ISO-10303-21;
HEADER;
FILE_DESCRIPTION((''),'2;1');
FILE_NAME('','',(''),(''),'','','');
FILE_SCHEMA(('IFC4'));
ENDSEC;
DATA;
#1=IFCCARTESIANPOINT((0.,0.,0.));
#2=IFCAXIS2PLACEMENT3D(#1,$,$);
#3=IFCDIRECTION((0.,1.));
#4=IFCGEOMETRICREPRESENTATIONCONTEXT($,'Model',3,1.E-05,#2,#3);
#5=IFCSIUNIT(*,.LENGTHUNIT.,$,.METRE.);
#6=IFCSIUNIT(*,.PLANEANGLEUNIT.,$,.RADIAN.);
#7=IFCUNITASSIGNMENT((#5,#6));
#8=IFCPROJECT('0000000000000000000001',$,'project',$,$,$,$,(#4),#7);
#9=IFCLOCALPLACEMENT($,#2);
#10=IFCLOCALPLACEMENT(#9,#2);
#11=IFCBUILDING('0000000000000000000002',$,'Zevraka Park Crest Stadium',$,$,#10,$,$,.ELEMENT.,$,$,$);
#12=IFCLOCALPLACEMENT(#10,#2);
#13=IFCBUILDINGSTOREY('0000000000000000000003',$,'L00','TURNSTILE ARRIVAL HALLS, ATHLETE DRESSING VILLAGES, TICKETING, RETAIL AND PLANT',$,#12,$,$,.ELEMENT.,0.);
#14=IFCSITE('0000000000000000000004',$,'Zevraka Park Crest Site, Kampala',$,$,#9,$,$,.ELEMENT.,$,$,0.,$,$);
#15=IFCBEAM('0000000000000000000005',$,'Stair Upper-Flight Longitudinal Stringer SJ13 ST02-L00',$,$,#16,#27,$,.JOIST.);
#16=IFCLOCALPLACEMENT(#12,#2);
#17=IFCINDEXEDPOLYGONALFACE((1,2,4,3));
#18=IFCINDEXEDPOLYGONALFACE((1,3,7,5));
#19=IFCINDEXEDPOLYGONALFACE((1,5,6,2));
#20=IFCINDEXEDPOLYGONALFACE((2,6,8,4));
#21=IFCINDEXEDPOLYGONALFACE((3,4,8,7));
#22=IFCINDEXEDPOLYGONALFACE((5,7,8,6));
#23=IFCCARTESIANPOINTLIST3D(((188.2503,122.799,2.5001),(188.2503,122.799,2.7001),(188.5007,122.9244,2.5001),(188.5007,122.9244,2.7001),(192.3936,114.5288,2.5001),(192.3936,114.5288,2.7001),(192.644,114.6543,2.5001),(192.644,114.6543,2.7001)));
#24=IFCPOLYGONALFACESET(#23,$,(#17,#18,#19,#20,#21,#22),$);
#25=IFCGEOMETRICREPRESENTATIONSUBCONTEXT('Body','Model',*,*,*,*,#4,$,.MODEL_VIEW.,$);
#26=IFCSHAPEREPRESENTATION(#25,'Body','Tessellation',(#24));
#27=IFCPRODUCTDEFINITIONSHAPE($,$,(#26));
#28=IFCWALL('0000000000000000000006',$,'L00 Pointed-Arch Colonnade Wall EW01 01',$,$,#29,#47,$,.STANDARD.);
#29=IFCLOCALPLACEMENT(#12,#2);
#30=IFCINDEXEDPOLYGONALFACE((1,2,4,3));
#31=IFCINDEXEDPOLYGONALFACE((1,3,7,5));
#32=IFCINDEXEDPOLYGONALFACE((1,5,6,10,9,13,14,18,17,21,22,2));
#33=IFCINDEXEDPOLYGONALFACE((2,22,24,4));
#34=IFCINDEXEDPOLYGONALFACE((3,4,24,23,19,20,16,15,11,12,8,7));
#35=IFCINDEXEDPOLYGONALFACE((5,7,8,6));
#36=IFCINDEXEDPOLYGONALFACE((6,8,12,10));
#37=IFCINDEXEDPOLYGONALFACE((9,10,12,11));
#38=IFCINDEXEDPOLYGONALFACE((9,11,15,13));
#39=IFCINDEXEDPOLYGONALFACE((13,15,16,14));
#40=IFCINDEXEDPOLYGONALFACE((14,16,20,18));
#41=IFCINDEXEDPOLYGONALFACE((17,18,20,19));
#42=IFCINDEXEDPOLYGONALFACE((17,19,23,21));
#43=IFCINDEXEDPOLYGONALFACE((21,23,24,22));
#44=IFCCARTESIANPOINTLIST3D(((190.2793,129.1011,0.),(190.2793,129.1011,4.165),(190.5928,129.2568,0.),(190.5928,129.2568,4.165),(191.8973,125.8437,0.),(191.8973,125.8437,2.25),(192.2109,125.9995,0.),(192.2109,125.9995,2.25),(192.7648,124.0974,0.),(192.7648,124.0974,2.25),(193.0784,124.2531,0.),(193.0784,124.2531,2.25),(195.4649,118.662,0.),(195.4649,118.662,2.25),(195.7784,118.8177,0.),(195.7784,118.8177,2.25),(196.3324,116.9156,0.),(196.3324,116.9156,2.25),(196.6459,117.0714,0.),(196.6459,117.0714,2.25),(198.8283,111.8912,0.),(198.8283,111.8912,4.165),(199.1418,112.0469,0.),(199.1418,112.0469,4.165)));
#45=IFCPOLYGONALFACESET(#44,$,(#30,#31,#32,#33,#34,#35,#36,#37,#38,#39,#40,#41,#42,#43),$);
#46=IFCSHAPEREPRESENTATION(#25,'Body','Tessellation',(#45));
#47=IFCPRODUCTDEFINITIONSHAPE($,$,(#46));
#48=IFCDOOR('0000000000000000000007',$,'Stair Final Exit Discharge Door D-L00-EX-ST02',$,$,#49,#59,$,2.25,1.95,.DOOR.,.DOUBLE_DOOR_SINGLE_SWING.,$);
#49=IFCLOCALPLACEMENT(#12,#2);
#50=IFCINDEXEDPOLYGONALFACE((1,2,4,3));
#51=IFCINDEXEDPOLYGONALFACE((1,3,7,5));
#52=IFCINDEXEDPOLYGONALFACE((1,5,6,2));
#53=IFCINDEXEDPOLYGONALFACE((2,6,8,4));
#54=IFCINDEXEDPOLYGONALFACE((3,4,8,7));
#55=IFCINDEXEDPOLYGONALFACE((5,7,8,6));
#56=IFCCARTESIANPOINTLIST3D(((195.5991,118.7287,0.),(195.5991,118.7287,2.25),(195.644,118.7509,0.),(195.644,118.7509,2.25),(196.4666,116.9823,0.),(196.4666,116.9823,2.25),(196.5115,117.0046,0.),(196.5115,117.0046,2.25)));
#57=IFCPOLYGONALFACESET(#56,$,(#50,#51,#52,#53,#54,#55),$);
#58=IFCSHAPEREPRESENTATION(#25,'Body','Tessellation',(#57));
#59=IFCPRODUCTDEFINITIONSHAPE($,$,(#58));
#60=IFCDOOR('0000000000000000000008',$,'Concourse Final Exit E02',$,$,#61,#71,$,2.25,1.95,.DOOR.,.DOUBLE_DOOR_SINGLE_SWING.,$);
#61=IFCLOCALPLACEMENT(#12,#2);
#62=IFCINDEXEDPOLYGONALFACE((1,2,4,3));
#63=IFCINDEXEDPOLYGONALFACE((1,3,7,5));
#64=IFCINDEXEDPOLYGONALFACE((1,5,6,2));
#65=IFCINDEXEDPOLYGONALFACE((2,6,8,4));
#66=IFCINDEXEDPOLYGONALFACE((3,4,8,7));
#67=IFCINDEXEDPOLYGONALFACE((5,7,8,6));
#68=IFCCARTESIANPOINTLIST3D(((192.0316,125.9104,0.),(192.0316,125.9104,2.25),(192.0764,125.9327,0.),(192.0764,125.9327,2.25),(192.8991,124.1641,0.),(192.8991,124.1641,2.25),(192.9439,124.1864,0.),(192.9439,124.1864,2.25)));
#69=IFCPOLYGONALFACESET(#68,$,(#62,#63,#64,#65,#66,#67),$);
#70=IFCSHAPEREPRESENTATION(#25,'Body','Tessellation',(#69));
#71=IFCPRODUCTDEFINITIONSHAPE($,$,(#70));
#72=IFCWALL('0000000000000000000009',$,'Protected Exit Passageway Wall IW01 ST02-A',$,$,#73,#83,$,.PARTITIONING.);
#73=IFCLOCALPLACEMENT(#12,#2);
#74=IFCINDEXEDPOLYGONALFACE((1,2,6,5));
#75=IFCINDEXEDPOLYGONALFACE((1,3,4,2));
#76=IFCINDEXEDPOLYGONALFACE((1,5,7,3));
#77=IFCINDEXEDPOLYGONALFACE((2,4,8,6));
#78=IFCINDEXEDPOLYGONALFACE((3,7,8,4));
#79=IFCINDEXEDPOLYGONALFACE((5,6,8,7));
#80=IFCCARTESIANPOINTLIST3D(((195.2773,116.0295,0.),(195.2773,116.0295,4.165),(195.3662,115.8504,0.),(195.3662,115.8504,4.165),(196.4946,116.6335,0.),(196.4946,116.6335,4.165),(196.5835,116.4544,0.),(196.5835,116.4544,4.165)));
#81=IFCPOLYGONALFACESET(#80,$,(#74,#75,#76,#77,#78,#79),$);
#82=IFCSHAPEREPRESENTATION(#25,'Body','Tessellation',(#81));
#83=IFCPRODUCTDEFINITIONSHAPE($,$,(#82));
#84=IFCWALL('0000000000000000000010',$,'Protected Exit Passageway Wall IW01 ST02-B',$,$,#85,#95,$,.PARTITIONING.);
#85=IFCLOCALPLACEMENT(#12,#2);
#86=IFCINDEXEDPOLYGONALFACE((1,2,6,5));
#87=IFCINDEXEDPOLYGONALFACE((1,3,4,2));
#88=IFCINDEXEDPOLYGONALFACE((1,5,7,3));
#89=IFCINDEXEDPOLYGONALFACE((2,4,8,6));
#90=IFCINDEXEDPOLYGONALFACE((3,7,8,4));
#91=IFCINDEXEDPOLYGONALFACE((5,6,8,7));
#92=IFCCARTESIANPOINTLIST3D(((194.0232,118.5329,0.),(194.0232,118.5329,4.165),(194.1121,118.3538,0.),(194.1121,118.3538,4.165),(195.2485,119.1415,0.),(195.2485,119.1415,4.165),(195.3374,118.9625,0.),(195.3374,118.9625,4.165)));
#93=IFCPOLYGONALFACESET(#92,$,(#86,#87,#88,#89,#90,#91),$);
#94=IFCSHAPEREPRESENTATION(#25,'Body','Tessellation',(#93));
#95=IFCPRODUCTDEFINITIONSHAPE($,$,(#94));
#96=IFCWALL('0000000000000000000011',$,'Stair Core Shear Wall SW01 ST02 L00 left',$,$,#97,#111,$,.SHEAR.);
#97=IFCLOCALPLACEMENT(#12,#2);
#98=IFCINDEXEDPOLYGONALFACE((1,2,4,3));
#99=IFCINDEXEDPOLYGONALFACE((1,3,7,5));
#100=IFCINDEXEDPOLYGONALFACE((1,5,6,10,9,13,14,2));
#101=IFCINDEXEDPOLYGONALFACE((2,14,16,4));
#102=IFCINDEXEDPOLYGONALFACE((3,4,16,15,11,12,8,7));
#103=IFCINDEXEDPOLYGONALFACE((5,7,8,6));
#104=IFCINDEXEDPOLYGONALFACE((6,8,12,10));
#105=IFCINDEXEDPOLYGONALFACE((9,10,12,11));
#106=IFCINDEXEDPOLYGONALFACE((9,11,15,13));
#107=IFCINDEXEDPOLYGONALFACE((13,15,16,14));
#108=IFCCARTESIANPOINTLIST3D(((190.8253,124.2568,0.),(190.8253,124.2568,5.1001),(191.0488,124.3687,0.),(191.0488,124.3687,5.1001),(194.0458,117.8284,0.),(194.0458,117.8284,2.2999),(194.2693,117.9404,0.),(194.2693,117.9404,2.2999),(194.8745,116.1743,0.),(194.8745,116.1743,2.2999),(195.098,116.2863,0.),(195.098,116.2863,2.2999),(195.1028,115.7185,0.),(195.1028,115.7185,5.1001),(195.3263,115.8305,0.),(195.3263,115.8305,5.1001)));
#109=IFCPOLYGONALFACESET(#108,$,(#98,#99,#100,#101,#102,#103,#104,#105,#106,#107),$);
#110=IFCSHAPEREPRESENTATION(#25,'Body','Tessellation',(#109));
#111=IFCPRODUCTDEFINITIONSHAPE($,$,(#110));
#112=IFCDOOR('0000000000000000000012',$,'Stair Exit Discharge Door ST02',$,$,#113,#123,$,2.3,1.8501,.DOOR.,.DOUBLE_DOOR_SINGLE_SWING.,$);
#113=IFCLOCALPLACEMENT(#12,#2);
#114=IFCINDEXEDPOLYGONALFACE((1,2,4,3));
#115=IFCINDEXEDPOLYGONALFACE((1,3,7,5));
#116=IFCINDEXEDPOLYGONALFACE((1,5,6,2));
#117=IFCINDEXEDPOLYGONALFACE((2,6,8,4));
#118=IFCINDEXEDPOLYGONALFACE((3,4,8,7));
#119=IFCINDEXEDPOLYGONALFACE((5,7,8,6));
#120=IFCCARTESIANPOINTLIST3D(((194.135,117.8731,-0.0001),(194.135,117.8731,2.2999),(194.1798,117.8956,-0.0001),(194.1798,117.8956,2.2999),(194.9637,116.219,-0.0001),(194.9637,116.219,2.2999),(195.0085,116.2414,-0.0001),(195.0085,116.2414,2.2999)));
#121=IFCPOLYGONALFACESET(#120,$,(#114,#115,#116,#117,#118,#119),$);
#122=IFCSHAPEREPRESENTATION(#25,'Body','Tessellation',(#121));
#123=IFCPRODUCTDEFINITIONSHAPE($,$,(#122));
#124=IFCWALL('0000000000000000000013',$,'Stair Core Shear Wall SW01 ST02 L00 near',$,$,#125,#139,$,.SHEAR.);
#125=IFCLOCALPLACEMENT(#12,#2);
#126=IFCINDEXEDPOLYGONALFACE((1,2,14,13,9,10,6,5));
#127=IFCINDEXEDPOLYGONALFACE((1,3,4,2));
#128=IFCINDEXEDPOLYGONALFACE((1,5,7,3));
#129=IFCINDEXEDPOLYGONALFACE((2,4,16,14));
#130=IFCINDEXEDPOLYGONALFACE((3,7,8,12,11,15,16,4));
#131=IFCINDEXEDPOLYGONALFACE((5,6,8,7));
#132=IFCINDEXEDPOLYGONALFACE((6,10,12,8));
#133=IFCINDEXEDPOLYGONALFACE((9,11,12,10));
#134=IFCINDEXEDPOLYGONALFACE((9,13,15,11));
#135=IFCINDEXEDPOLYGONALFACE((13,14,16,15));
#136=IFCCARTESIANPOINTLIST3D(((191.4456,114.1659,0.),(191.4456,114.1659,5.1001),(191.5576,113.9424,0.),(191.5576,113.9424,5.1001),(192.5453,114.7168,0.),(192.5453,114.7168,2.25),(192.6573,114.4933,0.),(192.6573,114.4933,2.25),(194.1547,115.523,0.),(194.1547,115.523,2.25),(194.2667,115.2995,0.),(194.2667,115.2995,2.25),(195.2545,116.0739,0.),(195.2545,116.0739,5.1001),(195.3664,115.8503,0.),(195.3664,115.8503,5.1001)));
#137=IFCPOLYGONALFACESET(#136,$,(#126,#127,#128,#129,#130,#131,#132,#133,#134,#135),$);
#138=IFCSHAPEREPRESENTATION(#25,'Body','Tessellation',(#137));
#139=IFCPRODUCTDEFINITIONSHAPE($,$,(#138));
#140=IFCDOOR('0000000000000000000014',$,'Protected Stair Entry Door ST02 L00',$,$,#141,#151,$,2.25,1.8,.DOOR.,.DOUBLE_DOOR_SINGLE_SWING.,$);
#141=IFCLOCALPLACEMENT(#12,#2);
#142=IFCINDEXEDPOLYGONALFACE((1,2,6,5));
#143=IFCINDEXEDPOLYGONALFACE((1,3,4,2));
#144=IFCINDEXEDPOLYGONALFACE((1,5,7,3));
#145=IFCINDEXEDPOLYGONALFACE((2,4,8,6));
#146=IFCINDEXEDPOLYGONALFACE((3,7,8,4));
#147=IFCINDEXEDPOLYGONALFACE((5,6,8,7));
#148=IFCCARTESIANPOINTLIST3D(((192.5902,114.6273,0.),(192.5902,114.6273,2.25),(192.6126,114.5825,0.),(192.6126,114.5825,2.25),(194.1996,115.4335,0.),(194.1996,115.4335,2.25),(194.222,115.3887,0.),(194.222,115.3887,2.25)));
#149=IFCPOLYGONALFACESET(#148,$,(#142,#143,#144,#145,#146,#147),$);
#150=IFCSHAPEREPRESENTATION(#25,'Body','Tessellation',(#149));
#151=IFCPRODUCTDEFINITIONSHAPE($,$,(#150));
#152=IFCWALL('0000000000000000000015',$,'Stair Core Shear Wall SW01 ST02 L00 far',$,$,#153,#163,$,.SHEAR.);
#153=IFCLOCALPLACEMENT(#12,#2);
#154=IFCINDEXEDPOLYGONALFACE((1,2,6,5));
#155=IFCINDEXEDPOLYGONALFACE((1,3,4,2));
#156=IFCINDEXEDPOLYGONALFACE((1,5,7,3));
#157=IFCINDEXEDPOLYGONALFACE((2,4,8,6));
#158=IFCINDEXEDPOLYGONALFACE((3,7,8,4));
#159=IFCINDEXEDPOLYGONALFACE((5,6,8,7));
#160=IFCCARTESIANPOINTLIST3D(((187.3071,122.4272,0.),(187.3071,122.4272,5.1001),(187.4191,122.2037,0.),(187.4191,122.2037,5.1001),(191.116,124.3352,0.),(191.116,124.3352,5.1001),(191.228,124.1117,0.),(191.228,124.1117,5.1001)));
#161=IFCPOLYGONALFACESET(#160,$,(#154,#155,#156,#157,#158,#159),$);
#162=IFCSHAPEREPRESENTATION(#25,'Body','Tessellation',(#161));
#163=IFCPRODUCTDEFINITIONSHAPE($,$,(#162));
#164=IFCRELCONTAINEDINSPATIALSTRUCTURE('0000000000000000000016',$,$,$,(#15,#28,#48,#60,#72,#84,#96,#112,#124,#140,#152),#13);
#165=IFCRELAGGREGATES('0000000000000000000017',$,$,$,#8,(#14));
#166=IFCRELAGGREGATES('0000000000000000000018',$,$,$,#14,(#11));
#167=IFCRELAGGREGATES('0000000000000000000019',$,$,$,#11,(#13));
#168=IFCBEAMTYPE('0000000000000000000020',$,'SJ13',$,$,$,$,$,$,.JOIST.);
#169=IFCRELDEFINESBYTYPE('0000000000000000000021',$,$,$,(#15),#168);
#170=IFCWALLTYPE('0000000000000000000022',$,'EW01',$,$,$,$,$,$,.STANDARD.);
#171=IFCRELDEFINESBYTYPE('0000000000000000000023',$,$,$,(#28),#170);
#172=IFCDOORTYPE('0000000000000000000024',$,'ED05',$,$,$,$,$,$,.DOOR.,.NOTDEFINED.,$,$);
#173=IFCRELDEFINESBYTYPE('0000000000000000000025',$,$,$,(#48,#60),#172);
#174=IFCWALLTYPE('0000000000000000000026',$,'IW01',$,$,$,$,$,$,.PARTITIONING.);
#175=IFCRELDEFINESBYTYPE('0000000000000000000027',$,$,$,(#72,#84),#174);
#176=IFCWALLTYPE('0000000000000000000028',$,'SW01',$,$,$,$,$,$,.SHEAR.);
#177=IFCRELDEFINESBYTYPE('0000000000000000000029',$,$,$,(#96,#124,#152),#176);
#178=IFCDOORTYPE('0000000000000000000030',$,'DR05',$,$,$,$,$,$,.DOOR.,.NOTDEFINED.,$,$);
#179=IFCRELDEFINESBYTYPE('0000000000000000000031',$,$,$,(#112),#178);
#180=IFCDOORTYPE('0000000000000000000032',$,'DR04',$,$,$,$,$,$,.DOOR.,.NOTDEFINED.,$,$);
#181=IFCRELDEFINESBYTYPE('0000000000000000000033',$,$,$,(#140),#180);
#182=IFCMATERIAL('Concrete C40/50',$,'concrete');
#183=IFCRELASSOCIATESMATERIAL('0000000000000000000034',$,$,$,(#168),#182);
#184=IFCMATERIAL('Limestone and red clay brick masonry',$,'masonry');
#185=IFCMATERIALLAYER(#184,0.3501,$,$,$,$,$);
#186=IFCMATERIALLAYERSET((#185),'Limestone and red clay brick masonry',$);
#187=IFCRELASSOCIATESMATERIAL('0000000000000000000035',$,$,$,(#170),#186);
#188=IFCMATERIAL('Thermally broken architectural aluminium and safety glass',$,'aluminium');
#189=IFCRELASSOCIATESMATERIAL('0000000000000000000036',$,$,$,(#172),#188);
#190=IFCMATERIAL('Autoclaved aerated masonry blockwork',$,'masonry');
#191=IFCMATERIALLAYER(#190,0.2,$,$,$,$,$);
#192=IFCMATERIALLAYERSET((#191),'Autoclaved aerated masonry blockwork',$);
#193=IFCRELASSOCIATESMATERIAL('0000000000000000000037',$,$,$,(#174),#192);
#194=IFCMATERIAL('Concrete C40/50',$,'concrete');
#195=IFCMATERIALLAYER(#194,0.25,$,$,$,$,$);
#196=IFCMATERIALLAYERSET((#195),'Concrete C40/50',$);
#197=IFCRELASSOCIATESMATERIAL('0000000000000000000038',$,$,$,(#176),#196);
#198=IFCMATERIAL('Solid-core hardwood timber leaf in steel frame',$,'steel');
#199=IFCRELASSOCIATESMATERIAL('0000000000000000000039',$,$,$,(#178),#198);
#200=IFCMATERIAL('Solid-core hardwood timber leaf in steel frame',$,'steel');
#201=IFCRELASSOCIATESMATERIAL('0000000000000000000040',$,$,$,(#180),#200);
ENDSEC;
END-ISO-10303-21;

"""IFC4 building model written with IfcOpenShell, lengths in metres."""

from ifc_helpers import new_model, si_unit, direction, frame, frame_2d, origin, origin_2d, place, context, subcontext, project, spatial, rectangle, extrude, material, layer, layer_set, material_profile, profile_set, type_object, element, fill, save


model = new_model("IFC4")

# Units and contexts
model_context = context("Model", 3, precision=1e-05, world=origin(), true_north=direction((0.0, 1.0)))
body_context = subcontext(model_context, "Body", "Model", "MODEL_VIEW")
ifc_project = project(units=[si_unit("LENGTHUNIT", "METRE"), si_unit("PLANEANGLEUNIT", "RADIAN")], contexts=[model_context])

# Site, building, storey
site_placement = place(None, origin())
site = spatial("IfcSite", under=ifc_project, at=site_placement, Name="Zevraka Park Crest Site, Kampala", CompositionType="ELEMENT", RefElevation=0.0)
building_placement = place(site_placement, origin())
building = spatial("IfcBuilding", under=site, at=building_placement, Name="Zevraka Park Crest Stadium", CompositionType="ELEMENT")
storey_placement = place(building_placement, origin())
storey = spatial("IfcBuildingStorey", under=building, at=storey_placement, Name="L00", Description="TURNSTILE ARRIVAL HALLS, ATHLETE DRESSING VILLAGES, TICKETING, RETAIL AND PLANT", CompositionType="ELEMENT", Elevation=0.0)

# Beam
ifc_material_1 = material(Name="Concrete C40/50", Category="concrete")
ifc_material_profile_1 = material_profile(ifc_material_1, rectangle(XDim=0.28, YDim=0.2, at=origin_2d()), Name="RC 200x280")
ifc_profile_set_1 = profile_set([ifc_material_profile_1], Name="Concrete C40/50")
beam_type = type_object("IfcBeamType", Name="SJ13", PredefinedType="JOIST", material=ifc_profile_set_1)
beam_placement = place(storey_placement, frame((192.5188, 114.5916, 2.6001), z_axis=(-0.447921, 0.894073, 0.0), x_axis=(-0.894073, -0.447921, 0.0)))
element("IfcBeam", 1, at=beam_placement, inside=storey, type_object=beam_type, Name="Stair Upper-Flight Longitudinal Stringer SJ13 ST02-L00", PredefinedType="JOIST", context=body_context, shape_type="SweptSolid", body=[
    extrude(rectangle(XDim=0.28, YDim=0.2, at=origin_2d()), origin(), (0.0, 0.0, 1.0), 9.25),
])

# Wall, openings, doors
ifc_material_2 = material(Name="Limestone and red clay brick masonry", Category="masonry")
ifc_layer_1 = layer(ifc_material_2, 0.3501)
ifc_layer_set_1 = layer_set([ifc_layer_1], Name="Limestone and red clay brick masonry")
wall_type_1 = type_object("IfcWallType", Name="EW01", PredefinedType="STANDARD", material=ifc_layer_set_1)
wall_1_placement = place(storey_placement, frame((190.436, 129.179, 0.0), z_axis=(0.0, 0.0, 1.0), x_axis=(0.444885, -0.895588, 0.0)))
wall_1 = element("IfcWall", 2, at=wall_1_placement, inside=storey, type_object=wall_type_1, Name="L00 Pointed-Arch Colonnade Wall EW01 01", PredefinedType="STANDARD", context=body_context, shape_type="SweptSolid", body=[
    extrude(rectangle(XDim=19.2163, YDim=0.3501, at=frame_2d((9.6082, 0.0))), origin(), (0.0, 0.0, 1.0), 4.165),
])
opening_1_placement = place(wall_1_placement, frame((11.656, 0.0, 0.0)))
opening_1 = element("IfcOpeningElement", 3, at=opening_1_placement, cuts=wall_1, PredefinedType="OPENING", context=body_context, shape_type="SweptSolid", body=[
    extrude(rectangle(XDim=1.95, YDim=2.25, at=frame_2d((0.9751, 1.125))), frame((0.0, 0.1851, 0.0), z_axis=(0.0, -1.0, 0.0), x_axis=(1.0, 0.0, 0.0)), (0.0, 0.0, 1.0), 0.3701),
])
opening_2_placement = place(wall_1_placement, frame((3.637, 0.0, 0.0)))
opening_2 = element("IfcOpeningElement", 4, at=opening_2_placement, cuts=wall_1, PredefinedType="OPENING", context=body_context, shape_type="SweptSolid", body=[
    extrude(rectangle(XDim=1.95, YDim=2.25, at=frame_2d((0.9751, 1.125))), frame((0.0, 0.1851, 0.0), z_axis=(0.0, -1.0, 0.0), x_axis=(1.0, 0.0, 0.0)), (0.0, 0.0, 1.0), 0.3701),
])
ifc_material_3 = material(Name="Thermally broken architectural aluminium and safety glass", Category="aluminium")
door_type_1 = type_object("IfcDoorType", Name="ED05", OperationType="NOTDEFINED", PredefinedType="DOOR", material=ifc_material_3)
door_1_placement = place(opening_1_placement, origin())
door_1 = element("IfcDoor", 5, at=door_1_placement, inside=storey, type_object=door_type_1, Name="Stair Final Exit Discharge Door D-L00-EX-ST02", OperationType="DOUBLE_DOOR_SINGLE_SWING", OverallHeight=2.25, OverallWidth=1.95, PredefinedType="DOOR", context=body_context, shape_type="SweptSolid", body=[
    extrude(rectangle(XDim=1.95, YDim=2.25, at=frame_2d((0.9751, 1.125))), frame((0.0, 0.0249, 0.0), z_axis=(0.0, -1.0, 0.0), x_axis=(1.0, 0.0, 0.0)), (0.0, 0.0, 1.0), 0.05),
])
fill(opening_1, door_1)
door_2_placement = place(opening_2_placement, origin())
door_2 = element("IfcDoor", 6, at=door_2_placement, inside=storey, type_object=door_type_1, Name="Concourse Final Exit E02", OperationType="DOUBLE_DOOR_SINGLE_SWING", OverallHeight=2.25, OverallWidth=1.95, PredefinedType="DOOR", context=body_context, shape_type="SweptSolid", body=[
    extrude(rectangle(XDim=1.95, YDim=2.25, at=frame_2d((0.9751, 1.125))), frame((0.0, 0.0249, 0.0), z_axis=(0.0, -1.0, 0.0), x_axis=(1.0, 0.0, 0.0)), (0.0, 0.0, 1.0), 0.05),
])
fill(opening_2, door_2)

# Walls
ifc_material_4 = material(Name="Autoclaved aerated masonry blockwork", Category="masonry")
ifc_layer_2 = layer(ifc_material_4, 0.2)
ifc_layer_set_2 = layer_set([ifc_layer_2], Name="Autoclaved aerated masonry blockwork")
wall_type_2 = type_object("IfcWallType", Name="IW01", PredefinedType="PARTITIONING", material=ifc_layer_set_2)
wall_2_placement = place(storey_placement, frame((195.3218, 115.9399, 0.0), z_axis=(0.0, 0.0, 1.0), x_axis=(0.895788, 0.444481, 0.0)))
element("IfcWall", 7, at=wall_2_placement, inside=storey, type_object=wall_type_2, Name="Protected Exit Passageway Wall IW01 ST02-A", PredefinedType="PARTITIONING", context=body_context, shape_type="SweptSolid", body=[
    extrude(rectangle(XDim=1.3589, YDim=0.2, at=frame_2d((0.6794, 0.0))), origin(), (0.0, 0.0, 1.0), 4.165),
])
wall_3_placement = place(storey_placement, frame((194.0676, 118.4434, 0.0), z_axis=(0.0, 0.0, 1.0), x_axis=(0.895602, 0.444857, 0.0)))
element("IfcWall", 8, at=wall_3_placement, inside=storey, type_object=wall_type_2, Name="Protected Exit Passageway Wall IW01 ST02-B", PredefinedType="PARTITIONING", context=body_context, shape_type="SweptSolid", body=[
    extrude(rectangle(XDim=1.3682, YDim=0.2, at=frame_2d((0.6841, 0.0))), origin(), (0.0, 0.0, 1.0), 4.165),
])

# Walls, openings, doors
ifc_material_5 = material(Name="Concrete C40/50", Category="concrete")
ifc_layer_3 = layer(ifc_material_5, 0.25)
ifc_layer_set_3 = layer_set([ifc_layer_3], Name="Concrete C40/50")
wall_type_3 = type_object("IfcWallType", Name="SW01", PredefinedType="SHEAR", material=ifc_layer_set_3)
wall_4_placement = place(storey_placement, frame((190.937, 124.3127, 0.0), z_axis=(0.0, 0.0, 1.0), x_axis=(0.447919, -0.894074, 0.0)))
wall_4 = element("IfcWall", 9, at=wall_4_placement, inside=storey, type_object=wall_type_3, Name="Stair Core Shear Wall SW01 ST02 L00 left", PredefinedType="SHEAR", context=body_context, shape_type="SweptSolid", body=[
    extrude(rectangle(XDim=9.5498, YDim=0.25, at=frame_2d((4.7749, 0.0))), origin(), (0.0, 0.0, 1.0), 5.1001),
])
opening_3_placement = place(wall_4_placement, frame((7.1899, 0.0, 0.0)))
opening_3 = element("IfcOpeningElement", 10, at=opening_3_placement, cuts=wall_4, PredefinedType="OPENING", context=body_context, shape_type="SweptSolid", body=[
    extrude(rectangle(XDim=1.8501, YDim=2.3, at=frame_2d((0.925, 1.1499))), frame((0.0, 0.135, 0.0), z_axis=(0.0, -1.0, 0.0), x_axis=(1.0, 0.0, 0.0)), (0.0, 0.0, 1.0), 0.27),
])
ifc_material_6 = material(Name="Solid-core hardwood timber leaf in steel frame", Category="steel")
door_type_2 = type_object("IfcDoorType", Name="DR05", OperationType="NOTDEFINED", PredefinedType="DOOR", material=ifc_material_6)
door_3_placement = place(opening_3_placement, origin())
door_3 = element("IfcDoor", 11, at=door_3_placement, inside=storey, type_object=door_type_2, Name="Stair Exit Discharge Door ST02", OperationType="DOUBLE_DOOR_SINGLE_SWING", OverallHeight=2.3, OverallWidth=1.8501, PredefinedType="DOOR", context=body_context, shape_type="SweptSolid", body=[
    extrude(rectangle(XDim=1.8501, YDim=2.3, at=frame_2d((0.925, 1.1499))), frame((0.0, 0.0249, 0.0), z_axis=(0.0, -1.0, 0.0), x_axis=(1.0, 0.0, 0.0)), (0.0, 0.0, 1.0), 0.05),
])
fill(opening_3, door_3)
wall_5_placement = place(storey_placement, frame((191.5017, 114.0542, 0.0), z_axis=(0.0, 0.0, 1.0), x_axis=(0.894095, 0.447878, 0.0)))
wall_5 = element("IfcWall", 12, at=wall_5_placement, inside=storey, type_object=wall_type_3, Name="Stair Core Shear Wall SW01 ST02 L00 near", PredefinedType="SHEAR", context=body_context, shape_type="SweptSolid", body=[
    extrude(rectangle(XDim=4.26, YDim=0.25, at=frame_2d((2.1299, 0.0))), origin(), (0.0, 0.0, 1.0), 5.1001),
])
opening_4_placement = place(wall_5_placement, frame((1.23, 0.0, 0.0)))
opening_4 = element("IfcOpeningElement", 13, at=opening_4_placement, cuts=wall_5, PredefinedType="OPENING", context=body_context, shape_type="SweptSolid", body=[
    extrude(rectangle(XDim=1.8, YDim=2.25, at=frame_2d((0.8999, 1.125))), frame((0.0, 0.135, 0.0), z_axis=(0.0, -1.0, 0.0), x_axis=(1.0, 0.0, 0.0)), (0.0, 0.0, 1.0), 0.27),
])
ifc_material_7 = material(Name="Solid-core hardwood timber leaf in steel frame", Category="steel")
door_type_3 = type_object("IfcDoorType", Name="DR04", OperationType="NOTDEFINED", PredefinedType="DOOR", material=ifc_material_7)
door_4_placement = place(opening_4_placement, origin())
door_4 = element("IfcDoor", 14, at=door_4_placement, inside=storey, type_object=door_type_3, Name="Protected Stair Entry Door ST02 L00", OperationType="DOUBLE_DOOR_SINGLE_SWING", OverallHeight=2.25, OverallWidth=1.8, PredefinedType="DOOR", context=body_context, shape_type="SweptSolid", body=[
    extrude(rectangle(XDim=1.8, YDim=2.25, at=frame_2d((0.8999, 1.125))), frame((0.0, 0.0249, 0.0), z_axis=(0.0, -1.0, 0.0), x_axis=(1.0, 0.0, 0.0)), (0.0, 0.0, 1.0), 0.05),
])
fill(opening_4, door_4)

# Wall
wall_6_placement = place(storey_placement, frame((191.1719, 124.2234, 0.0), z_axis=(0.0, 0.0, 1.0), x_axis=(-0.894095, -0.447878, 0.0)))
element("IfcWall", 15, at=wall_6_placement, inside=storey, type_object=wall_type_3, Name="Stair Core Shear Wall SW01 ST02 L00 far", PredefinedType="SHEAR", context=body_context, shape_type="SweptSolid", body=[
    extrude(rectangle(XDim=4.26, YDim=0.25, at=frame_2d((2.1299, 0.0))), origin(), (0.0, 0.0, 1.0), 5.1001),
])

save(model, "model.ifc")
